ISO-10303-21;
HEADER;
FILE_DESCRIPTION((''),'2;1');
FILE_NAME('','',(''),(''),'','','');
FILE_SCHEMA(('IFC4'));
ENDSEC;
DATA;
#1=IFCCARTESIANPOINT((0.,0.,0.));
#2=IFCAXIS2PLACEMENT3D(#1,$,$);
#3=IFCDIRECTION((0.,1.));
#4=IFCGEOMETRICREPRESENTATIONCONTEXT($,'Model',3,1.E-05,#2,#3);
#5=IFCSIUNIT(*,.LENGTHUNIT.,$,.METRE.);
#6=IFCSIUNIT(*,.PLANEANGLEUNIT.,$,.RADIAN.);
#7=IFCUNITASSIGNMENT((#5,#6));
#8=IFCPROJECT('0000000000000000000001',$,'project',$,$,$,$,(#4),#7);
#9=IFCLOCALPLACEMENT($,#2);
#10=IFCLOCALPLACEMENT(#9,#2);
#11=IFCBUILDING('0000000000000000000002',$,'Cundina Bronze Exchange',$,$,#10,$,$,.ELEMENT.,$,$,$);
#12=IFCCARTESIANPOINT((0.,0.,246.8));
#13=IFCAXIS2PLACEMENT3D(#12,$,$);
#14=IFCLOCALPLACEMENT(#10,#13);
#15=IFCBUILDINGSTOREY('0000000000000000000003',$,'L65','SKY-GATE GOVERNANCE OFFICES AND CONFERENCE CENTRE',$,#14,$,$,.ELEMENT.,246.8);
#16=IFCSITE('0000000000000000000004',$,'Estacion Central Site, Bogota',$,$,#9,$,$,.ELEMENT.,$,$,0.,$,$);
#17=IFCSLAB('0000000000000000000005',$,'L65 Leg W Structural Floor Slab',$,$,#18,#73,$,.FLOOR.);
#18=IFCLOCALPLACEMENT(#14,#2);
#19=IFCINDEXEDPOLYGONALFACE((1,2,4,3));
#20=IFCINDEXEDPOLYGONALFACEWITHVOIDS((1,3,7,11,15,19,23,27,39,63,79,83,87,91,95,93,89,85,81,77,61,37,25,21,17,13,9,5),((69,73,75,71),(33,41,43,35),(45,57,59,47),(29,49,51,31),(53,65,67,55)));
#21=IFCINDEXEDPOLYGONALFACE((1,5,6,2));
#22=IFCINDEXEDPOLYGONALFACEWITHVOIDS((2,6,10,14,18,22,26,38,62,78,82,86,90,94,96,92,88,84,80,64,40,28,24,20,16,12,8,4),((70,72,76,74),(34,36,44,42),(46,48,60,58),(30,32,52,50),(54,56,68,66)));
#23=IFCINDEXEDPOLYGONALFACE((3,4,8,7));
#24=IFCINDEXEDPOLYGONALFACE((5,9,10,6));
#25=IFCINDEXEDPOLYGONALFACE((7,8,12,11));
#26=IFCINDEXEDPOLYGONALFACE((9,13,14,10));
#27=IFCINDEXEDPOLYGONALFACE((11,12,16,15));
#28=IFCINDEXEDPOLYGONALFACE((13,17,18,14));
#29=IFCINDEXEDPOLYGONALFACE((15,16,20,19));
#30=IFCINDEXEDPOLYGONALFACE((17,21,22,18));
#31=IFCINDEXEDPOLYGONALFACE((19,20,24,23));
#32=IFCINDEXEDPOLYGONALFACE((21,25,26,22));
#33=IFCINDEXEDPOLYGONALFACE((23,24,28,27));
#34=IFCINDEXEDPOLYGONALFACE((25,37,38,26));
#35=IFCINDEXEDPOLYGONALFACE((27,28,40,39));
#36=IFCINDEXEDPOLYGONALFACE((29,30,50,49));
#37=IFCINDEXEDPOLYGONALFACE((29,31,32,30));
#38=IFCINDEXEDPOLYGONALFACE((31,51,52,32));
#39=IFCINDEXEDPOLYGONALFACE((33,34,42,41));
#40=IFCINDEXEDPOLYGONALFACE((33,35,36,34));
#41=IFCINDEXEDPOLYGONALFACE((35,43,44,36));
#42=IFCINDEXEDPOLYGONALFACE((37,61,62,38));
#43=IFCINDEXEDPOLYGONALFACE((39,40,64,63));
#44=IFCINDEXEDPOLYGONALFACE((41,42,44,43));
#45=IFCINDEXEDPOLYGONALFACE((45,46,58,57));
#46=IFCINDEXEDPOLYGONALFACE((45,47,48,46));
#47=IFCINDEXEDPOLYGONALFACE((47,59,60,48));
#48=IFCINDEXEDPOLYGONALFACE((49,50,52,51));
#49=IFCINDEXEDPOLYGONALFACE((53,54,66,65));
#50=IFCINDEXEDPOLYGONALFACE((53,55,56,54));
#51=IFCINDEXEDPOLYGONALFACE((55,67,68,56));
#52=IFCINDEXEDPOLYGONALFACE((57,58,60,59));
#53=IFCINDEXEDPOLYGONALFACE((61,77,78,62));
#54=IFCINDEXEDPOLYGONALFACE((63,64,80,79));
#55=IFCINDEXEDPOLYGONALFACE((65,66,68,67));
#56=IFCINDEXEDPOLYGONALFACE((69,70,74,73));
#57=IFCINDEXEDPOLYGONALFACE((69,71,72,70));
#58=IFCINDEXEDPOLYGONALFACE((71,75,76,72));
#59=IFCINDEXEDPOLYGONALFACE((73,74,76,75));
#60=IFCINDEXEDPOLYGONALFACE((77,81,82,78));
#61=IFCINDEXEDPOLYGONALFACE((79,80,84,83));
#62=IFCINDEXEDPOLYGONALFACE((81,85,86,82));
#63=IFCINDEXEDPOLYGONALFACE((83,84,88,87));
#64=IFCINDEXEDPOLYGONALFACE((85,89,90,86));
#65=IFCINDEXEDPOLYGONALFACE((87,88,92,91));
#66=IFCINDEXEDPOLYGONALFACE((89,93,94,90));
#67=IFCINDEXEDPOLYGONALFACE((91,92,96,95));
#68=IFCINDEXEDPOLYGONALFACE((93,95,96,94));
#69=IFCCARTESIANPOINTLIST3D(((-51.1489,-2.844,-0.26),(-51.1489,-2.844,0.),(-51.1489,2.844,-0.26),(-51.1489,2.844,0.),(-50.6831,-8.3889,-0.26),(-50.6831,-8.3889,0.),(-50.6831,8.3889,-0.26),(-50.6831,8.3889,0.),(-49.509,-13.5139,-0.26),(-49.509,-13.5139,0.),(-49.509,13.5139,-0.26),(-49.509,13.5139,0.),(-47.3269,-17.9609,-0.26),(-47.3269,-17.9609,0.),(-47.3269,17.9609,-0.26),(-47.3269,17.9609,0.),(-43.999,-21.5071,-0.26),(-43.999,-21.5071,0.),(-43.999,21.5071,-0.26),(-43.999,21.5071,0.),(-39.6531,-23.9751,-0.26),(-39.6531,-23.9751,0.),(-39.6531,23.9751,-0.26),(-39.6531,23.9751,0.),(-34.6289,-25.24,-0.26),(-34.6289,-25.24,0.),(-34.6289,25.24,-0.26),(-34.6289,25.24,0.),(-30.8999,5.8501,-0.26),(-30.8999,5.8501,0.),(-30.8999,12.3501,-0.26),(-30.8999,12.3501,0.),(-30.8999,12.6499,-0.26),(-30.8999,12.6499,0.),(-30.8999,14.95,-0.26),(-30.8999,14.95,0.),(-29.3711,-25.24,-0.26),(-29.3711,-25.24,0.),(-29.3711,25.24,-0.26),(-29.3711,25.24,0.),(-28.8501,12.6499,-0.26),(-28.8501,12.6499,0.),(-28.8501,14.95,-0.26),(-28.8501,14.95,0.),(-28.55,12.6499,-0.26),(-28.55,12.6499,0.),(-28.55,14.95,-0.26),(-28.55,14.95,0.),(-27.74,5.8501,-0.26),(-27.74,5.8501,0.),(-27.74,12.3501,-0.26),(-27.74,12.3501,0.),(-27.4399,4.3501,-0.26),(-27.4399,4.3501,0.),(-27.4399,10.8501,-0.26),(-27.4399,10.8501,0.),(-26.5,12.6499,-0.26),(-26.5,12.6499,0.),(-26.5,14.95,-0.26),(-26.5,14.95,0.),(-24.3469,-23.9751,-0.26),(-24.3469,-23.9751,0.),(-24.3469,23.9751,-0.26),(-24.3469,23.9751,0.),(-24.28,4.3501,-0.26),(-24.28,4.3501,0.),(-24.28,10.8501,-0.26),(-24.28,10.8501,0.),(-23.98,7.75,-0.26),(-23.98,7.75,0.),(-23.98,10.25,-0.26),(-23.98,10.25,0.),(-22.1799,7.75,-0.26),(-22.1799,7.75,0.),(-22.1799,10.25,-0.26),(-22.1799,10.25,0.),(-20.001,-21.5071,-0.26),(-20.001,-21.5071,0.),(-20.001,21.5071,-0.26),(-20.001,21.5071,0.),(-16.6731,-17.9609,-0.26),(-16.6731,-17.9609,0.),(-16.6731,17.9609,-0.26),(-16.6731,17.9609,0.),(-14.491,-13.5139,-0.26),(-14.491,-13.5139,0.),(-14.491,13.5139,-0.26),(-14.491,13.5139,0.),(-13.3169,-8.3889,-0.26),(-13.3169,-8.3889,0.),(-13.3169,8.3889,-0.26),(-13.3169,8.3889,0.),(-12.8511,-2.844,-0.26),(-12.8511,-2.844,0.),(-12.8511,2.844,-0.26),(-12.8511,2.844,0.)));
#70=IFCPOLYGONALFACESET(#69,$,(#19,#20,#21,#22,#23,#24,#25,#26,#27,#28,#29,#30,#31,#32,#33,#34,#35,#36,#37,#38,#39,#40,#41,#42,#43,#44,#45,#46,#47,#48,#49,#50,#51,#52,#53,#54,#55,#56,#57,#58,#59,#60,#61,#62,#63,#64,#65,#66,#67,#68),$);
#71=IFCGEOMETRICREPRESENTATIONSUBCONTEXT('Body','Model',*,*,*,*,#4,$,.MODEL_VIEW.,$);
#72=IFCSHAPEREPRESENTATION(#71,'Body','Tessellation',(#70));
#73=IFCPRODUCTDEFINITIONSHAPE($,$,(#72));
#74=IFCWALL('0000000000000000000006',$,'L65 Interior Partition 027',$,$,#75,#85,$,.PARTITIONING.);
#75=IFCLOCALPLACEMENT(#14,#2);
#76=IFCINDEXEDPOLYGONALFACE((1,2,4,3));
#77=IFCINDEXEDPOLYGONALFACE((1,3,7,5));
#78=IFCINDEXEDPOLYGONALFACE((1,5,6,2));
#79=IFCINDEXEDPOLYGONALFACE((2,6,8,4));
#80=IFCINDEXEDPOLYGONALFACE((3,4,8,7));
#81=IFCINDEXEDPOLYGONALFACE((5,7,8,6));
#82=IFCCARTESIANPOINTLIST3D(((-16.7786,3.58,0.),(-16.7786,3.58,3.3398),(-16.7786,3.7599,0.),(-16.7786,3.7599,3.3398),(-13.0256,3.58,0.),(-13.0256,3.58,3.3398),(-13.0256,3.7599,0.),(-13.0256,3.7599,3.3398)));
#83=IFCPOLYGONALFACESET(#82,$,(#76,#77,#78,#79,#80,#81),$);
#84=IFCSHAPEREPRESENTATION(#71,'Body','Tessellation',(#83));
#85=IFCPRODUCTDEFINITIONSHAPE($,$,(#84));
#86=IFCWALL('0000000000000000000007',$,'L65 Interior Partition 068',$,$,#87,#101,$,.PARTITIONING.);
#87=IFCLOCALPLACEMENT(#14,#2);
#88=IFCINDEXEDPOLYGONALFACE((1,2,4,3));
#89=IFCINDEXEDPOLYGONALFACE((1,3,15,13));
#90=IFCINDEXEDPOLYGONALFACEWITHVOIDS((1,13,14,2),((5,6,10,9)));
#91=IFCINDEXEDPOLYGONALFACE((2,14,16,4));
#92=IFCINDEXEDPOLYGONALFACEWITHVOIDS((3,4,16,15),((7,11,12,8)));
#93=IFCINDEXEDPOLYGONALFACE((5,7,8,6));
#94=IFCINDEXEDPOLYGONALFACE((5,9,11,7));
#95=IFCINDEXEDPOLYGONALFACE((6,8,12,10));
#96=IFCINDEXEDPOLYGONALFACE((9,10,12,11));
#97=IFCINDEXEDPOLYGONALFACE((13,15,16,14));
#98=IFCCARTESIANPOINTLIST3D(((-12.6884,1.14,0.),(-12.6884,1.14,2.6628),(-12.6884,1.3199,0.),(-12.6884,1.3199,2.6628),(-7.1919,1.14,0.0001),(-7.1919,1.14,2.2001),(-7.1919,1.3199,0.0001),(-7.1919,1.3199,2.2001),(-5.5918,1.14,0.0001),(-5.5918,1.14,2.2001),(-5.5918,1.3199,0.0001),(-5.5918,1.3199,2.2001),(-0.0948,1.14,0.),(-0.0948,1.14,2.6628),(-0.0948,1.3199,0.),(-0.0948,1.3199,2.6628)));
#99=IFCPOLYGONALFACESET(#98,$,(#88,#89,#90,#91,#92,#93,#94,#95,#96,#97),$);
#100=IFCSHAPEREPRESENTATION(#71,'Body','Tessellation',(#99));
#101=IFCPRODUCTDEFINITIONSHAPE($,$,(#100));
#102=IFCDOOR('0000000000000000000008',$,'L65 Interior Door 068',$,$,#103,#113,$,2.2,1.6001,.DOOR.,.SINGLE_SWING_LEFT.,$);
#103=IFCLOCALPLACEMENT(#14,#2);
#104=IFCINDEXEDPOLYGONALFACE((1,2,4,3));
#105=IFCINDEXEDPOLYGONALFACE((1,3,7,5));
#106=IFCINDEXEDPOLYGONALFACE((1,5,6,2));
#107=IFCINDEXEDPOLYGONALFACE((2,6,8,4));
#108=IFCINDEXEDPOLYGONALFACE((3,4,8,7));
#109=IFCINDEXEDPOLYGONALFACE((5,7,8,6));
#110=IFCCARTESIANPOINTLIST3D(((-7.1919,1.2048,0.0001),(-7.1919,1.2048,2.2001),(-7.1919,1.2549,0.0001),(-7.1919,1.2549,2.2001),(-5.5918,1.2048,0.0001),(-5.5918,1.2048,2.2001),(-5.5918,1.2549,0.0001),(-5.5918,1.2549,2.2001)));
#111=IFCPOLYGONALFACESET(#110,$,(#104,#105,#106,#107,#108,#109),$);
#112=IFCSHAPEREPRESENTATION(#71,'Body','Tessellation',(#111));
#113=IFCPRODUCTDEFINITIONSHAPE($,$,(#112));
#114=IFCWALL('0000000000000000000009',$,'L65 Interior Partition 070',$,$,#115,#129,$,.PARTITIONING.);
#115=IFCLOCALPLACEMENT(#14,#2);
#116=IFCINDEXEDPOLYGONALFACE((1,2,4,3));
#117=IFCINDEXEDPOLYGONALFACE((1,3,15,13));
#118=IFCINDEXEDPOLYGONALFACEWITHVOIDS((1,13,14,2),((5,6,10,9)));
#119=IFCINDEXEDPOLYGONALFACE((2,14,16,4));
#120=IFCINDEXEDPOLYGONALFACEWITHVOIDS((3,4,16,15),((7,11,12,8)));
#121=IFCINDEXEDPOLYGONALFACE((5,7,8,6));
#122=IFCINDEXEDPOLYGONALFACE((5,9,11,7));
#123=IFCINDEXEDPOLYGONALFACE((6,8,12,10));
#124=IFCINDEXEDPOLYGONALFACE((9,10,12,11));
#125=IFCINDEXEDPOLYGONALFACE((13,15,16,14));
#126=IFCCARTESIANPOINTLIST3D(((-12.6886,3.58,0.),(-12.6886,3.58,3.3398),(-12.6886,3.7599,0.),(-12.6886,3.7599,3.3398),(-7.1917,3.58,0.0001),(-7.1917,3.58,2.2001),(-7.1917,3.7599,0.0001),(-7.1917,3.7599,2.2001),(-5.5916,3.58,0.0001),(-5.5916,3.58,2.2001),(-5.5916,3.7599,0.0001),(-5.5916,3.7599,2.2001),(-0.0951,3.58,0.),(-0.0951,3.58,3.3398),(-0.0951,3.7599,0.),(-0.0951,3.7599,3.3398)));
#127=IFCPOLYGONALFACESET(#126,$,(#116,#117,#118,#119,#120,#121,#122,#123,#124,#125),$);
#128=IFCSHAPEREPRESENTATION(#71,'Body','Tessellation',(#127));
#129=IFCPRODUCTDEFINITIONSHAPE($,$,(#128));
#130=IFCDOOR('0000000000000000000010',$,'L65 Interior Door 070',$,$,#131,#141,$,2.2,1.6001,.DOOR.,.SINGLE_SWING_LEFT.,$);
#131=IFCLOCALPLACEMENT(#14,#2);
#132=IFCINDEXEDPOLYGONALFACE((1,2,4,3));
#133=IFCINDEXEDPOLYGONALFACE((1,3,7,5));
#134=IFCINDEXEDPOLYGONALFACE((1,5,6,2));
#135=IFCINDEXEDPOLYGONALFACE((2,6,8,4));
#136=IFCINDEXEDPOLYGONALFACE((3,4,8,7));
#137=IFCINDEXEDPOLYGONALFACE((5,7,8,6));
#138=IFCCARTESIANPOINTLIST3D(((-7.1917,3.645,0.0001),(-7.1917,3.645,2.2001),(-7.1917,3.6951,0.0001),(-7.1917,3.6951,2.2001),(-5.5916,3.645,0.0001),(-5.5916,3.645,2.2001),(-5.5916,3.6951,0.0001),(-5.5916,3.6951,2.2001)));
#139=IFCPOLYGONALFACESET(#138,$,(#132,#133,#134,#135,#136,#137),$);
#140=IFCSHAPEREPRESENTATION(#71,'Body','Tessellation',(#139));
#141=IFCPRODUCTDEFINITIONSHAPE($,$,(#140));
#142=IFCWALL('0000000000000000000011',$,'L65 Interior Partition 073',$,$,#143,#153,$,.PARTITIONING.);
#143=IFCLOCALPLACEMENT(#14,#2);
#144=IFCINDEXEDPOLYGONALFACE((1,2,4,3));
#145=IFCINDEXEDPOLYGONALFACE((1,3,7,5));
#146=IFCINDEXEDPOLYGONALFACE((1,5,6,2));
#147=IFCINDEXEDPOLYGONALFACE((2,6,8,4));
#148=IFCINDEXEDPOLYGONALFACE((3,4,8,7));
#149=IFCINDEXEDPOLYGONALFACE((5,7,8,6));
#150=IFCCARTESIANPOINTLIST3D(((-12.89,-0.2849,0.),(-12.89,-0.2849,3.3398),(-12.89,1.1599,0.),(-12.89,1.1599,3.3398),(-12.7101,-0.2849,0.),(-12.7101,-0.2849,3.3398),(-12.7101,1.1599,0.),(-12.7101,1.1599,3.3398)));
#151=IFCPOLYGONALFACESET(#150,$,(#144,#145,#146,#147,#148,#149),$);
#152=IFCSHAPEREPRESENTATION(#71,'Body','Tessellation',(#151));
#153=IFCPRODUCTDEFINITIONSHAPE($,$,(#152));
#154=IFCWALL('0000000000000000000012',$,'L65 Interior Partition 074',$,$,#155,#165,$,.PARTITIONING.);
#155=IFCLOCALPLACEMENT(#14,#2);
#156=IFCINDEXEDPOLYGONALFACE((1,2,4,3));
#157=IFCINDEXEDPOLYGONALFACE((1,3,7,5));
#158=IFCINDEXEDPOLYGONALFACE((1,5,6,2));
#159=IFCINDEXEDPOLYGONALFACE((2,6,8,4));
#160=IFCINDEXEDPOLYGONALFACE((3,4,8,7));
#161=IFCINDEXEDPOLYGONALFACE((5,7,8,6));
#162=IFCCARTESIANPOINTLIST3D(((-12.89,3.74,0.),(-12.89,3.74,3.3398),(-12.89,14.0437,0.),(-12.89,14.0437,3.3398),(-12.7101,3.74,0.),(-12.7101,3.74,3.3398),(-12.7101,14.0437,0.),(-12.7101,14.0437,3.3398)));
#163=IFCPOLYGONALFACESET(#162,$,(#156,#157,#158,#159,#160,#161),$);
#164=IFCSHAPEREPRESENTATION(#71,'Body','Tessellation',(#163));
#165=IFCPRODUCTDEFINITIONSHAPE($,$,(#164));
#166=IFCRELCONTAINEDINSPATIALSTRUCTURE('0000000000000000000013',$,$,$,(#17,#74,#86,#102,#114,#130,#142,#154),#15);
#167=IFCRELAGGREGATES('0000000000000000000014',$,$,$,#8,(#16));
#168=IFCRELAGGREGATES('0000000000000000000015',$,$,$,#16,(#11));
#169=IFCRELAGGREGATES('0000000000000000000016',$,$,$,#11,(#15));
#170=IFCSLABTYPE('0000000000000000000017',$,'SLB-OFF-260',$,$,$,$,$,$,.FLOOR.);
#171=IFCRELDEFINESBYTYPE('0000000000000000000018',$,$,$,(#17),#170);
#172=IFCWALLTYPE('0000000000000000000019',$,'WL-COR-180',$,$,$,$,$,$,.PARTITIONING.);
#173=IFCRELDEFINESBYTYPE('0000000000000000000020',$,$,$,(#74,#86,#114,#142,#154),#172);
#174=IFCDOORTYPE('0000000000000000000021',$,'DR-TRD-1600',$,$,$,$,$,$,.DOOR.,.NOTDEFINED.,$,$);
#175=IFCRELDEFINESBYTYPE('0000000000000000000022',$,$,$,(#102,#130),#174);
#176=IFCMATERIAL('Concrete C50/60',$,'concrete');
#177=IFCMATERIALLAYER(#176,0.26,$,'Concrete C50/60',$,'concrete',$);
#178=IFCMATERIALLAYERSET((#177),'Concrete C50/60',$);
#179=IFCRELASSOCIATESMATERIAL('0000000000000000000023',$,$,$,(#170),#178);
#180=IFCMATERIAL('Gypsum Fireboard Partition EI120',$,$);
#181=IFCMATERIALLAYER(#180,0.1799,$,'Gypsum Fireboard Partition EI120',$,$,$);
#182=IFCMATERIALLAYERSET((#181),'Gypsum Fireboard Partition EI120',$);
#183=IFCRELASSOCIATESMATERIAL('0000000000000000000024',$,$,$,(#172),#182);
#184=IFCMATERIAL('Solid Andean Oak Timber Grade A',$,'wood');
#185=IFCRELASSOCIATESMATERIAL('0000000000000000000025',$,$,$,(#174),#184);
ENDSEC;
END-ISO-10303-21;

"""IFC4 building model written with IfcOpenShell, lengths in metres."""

from ifc_helpers import new_model, si_unit, direction, frame, frame_2d, origin, place, context, subcontext, project, spatial, polyline, rectangle, outline, extrude, material, layer, layer_set, type_object, element, fill, save


model = new_model("IFC4")

# Units and contexts
model_context = context("Model", 3, precision=1e-05, world=origin(), true_north=direction((0.0, 1.0)))
body_context = subcontext(model_context, "Body", "Model", "MODEL_VIEW")
ifc_project = project(units=[si_unit("LENGTHUNIT", "METRE"), si_unit("PLANEANGLEUNIT", "RADIAN")], contexts=[model_context])

# Site, building, storey
site_placement = place(None, origin())
site = spatial("IfcSite", under=ifc_project, at=site_placement, Name="Estacion Central Site, Bogota", CompositionType="ELEMENT", RefElevation=0.0)
building_placement = place(site_placement, origin())
building = spatial("IfcBuilding", under=site, at=building_placement, Name="Cundina Bronze Exchange", CompositionType="ELEMENT")
storey_placement = place(building_placement, frame((0.0, 0.0, 246.8)))
storey = spatial("IfcBuildingStorey", under=building, at=storey_placement, Name="L65", Description="SKY-GATE GOVERNANCE OFFICES AND CONFERENCE CENTRE", CompositionType="ELEMENT", Elevation=246.8)

# Shared definitions
ifc_material_1 = material(Name="Concrete C50/60", Category="concrete")

# Slab
ifc_layer_1 = layer(ifc_material_1, 0.26, Name="Concrete C50/60", Category="concrete")
ifc_layer_set_1 = layer_set([ifc_layer_1], Name="Concrete C50/60")
slab_type = type_object("IfcSlabType", Name="SLB-OFF-260", PredefinedType="FLOOR", material=ifc_layer_set_1)
slab_placement = place(storey_placement, frame((0.0, 0.0, -0.26)))
element("IfcSlab", 1, at=slab_placement, inside=storey, type_object=slab_type, Name="L65 Leg W Structural Floor Slab", PredefinedType="FLOOR", context=body_context, shape_type="SweptSolid", body=[
    extrude(outline(polyline([(-12.8511, 2.844), (-13.3169, 8.3889), (-14.491, 13.5139), (-16.6731, 17.9609), (-20.001, 21.5071), (-24.3469, 23.9751), (-29.3711, 25.24), (-34.6289, 25.24), (-39.6531, 23.9751), (-43.999, 21.5071), (-47.3269, 17.9609), (-49.509, 13.5139), (-50.6831, 8.3889), (-51.1489, 2.844), (-51.1489, -2.844), (-50.6831, -8.3889), (-49.509, -13.5139), (-47.3269, -17.9609), (-43.999, -21.5071), (-39.6531, -23.9751), (-34.6289, -25.24), (-29.3711, -25.24), (-24.3469, -23.9751), (-20.001, -21.5071), (-16.6731, -17.9609), (-14.491, -13.5139), (-13.3169, -8.3889), (-12.8511, -2.844), (-12.8511, 2.844)]), holes=[polyline([(-27.74, 5.8501), (-27.74, 12.3501), (-30.8999, 12.3501), (-30.8999, 5.8501), (-27.74, 5.8501)]), polyline([(-27.4399, 10.8501), (-27.4399, 4.3501), (-24.28, 4.3501), (-24.28, 10.8501), (-27.4399, 10.8501)]), polyline([(-23.98, 10.25), (-22.1799, 10.25), (-22.1799, 7.75), (-23.98, 7.75), (-23.98, 10.25)]), polyline([(-30.8999, 14.95), (-28.8501, 14.95), (-28.8501, 12.6499), (-30.8999, 12.6499), (-30.8999, 14.95)]), polyline([(-28.55, 14.95), (-26.5, 14.95), (-26.5, 12.6499), (-28.55, 12.6499), (-28.55, 14.95)])]), origin(), (0.0, 0.0, 1.0), 0.26),
])

# Wall
ifc_material_2 = material(Name="Gypsum Fireboard Partition EI120")
ifc_layer_2 = layer(ifc_material_2, 0.1799, Name="Gypsum Fireboard Partition EI120")
ifc_layer_set_2 = layer_set([ifc_layer_2], Name="Gypsum Fireboard Partition EI120")
wall_type = type_object("IfcWallType", Name="WL-COR-180", PredefinedType="PARTITIONING", material=ifc_layer_set_2)
wall_1_placement = place(storey_placement, frame((-13.0256, 3.6699, 0.0), z_axis=(0.0, 0.0, 1.0), x_axis=(-1.0, 0.0, 0.0)))
element("IfcWall", 2, at=wall_1_placement, inside=storey, type_object=wall_type, Name="L65 Interior Partition 027", PredefinedType="PARTITIONING", context=body_context, shape_type="SweptSolid", body=[
    extrude(rectangle(XDim=3.7529, YDim=0.1799, at=frame_2d((1.8765, 0.0))), origin(), (0.0, 0.0, 1.0), 3.3398),
])

# Walls, openings, doors
wall_2_placement = place(storey_placement, frame((-12.6885, 1.23, 0.0), z_axis=(0.0, 0.0, 1.0), x_axis=(1.0, 0.0, 0.0)))
wall_2 = element("IfcWall", 3, at=wall_2_placement, inside=storey, type_object=wall_type, Name="L65 Interior Partition 068", PredefinedType="PARTITIONING", context=body_context, shape_type="SweptSolid", body=[
    extrude(rectangle(XDim=12.5935, YDim=0.1799, at=frame_2d((6.2969, 0.0))), origin(), (0.0, 0.0, 1.0), 2.6628),
])
opening_1_placement = place(wall_2_placement, frame((5.4966, 0.0, 0.0)))
opening_1 = element("IfcOpeningElement", 4, at=opening_1_placement, cuts=wall_2, PredefinedType="OPENING", context=body_context, shape_type="SweptSolid", body=[
    extrude(rectangle(XDim=1.6001, YDim=2.2, at=frame_2d((0.8, 1.1001))), frame((0.0, 0.0999, 0.0), z_axis=(0.0, -1.0, 0.0), x_axis=(1.0, 0.0, 0.0)), (0.0, 0.0, 1.0), 0.2),
])
ifc_material_3 = material(Name="Solid Andean Oak Timber Grade A", Category="wood")
door_type_1 = type_object("IfcDoorType", Name="DR-TRD-1600", OperationType="NOTDEFINED", PredefinedType="DOOR", material=ifc_material_3)
door_1_placement = place(opening_1_placement, origin())
door_1 = element("IfcDoor", 5, at=door_1_placement, inside=storey, type_object=door_type_1, Name="L65 Interior Door 068", OperationType="SINGLE_SWING_LEFT", OverallHeight=2.2, OverallWidth=1.6001, PredefinedType="DOOR", context=body_context, shape_type="SweptSolid", body=[
    extrude(rectangle(XDim=1.6001, YDim=2.2, at=frame_2d((0.8, 1.1001))), frame((0.0, 0.0249, 0.0), z_axis=(0.0, -1.0, 0.0), x_axis=(1.0, 0.0, 0.0)), (0.0, 0.0, 1.0), 0.05),
])
fill(opening_1, door_1)
wall_3_placement = place(storey_placement, frame((-0.095, 3.6699, 0.0), z_axis=(0.0, 0.0, 1.0), x_axis=(-1.0, 0.0, 0.0)))
wall_3 = element("IfcWall", 6, at=wall_3_placement, inside=storey, type_object=wall_type, Name="L65 Interior Partition 070", PredefinedType="PARTITIONING", context=body_context, shape_type="SweptSolid", body=[
    extrude(rectangle(XDim=12.5935, YDim=0.1799, at=frame_2d((6.2969, 0.0))), origin(), (0.0, 0.0, 1.0), 3.3398),
])
opening_2_placement = place(wall_3_placement, frame((5.4966, 0.0, 0.0)))
opening_2 = element("IfcOpeningElement", 7, at=opening_2_placement, cuts=wall_3, PredefinedType="OPENING", context=body_context, shape_type="SweptSolid", body=[
    extrude(rectangle(XDim=1.6001, YDim=2.2, at=frame_2d((0.8, 1.1001))), frame((0.0, 0.0999, 0.0), z_axis=(0.0, -1.0, 0.0), x_axis=(1.0, 0.0, 0.0)), (0.0, 0.0, 1.0), 0.2),
])
door_2_placement = place(opening_2_placement, origin())
door_2 = element("IfcDoor", 8, at=door_2_placement, inside=storey, type_object=door_type_1, Name="L65 Interior Door 070", OperationType="SINGLE_SWING_LEFT", OverallHeight=2.2, OverallWidth=1.6001, PredefinedType="DOOR", context=body_context, shape_type="SweptSolid", body=[
    extrude(rectangle(XDim=1.6001, YDim=2.2, at=frame_2d((0.8, 1.1001))), frame((0.0, 0.0249, 0.0), z_axis=(0.0, -1.0, 0.0), x_axis=(1.0, 0.0, 0.0)), (0.0, 0.0, 1.0), 0.05),
])
fill(opening_2, door_2)

# Walls
wall_4_placement = place(storey_placement, frame((-12.8, -0.2849, 0.0), z_axis=(0.0, 0.0, 1.0), x_axis=(0.0, 1.0, 0.0)))
element("IfcWall", 9, at=wall_4_placement, inside=storey, type_object=wall_type, Name="L65 Interior Partition 073", PredefinedType="PARTITIONING", context=body_context, shape_type="SweptSolid", body=[
    extrude(rectangle(XDim=1.4448, YDim=0.1799, at=frame_2d((0.7224, 0.0))), origin(), (0.0, 0.0, 1.0), 3.3398),
])
wall_5_placement = place(storey_placement, frame((-12.8, 3.74, 0.0), z_axis=(0.0, 0.0, 1.0), x_axis=(0.0, 1.0, 0.0)))
element("IfcWall", 10, at=wall_5_placement, inside=storey, type_object=wall_type, Name="L65 Interior Partition 074", PredefinedType="PARTITIONING", context=body_context, shape_type="SweptSolid", body=[
    extrude(rectangle(XDim=10.3037, YDim=0.1799, at=frame_2d((5.1519, 0.0))), origin(), (0.0, 0.0, 1.0), 3.3398),
])

save(model, "model.ifc")
